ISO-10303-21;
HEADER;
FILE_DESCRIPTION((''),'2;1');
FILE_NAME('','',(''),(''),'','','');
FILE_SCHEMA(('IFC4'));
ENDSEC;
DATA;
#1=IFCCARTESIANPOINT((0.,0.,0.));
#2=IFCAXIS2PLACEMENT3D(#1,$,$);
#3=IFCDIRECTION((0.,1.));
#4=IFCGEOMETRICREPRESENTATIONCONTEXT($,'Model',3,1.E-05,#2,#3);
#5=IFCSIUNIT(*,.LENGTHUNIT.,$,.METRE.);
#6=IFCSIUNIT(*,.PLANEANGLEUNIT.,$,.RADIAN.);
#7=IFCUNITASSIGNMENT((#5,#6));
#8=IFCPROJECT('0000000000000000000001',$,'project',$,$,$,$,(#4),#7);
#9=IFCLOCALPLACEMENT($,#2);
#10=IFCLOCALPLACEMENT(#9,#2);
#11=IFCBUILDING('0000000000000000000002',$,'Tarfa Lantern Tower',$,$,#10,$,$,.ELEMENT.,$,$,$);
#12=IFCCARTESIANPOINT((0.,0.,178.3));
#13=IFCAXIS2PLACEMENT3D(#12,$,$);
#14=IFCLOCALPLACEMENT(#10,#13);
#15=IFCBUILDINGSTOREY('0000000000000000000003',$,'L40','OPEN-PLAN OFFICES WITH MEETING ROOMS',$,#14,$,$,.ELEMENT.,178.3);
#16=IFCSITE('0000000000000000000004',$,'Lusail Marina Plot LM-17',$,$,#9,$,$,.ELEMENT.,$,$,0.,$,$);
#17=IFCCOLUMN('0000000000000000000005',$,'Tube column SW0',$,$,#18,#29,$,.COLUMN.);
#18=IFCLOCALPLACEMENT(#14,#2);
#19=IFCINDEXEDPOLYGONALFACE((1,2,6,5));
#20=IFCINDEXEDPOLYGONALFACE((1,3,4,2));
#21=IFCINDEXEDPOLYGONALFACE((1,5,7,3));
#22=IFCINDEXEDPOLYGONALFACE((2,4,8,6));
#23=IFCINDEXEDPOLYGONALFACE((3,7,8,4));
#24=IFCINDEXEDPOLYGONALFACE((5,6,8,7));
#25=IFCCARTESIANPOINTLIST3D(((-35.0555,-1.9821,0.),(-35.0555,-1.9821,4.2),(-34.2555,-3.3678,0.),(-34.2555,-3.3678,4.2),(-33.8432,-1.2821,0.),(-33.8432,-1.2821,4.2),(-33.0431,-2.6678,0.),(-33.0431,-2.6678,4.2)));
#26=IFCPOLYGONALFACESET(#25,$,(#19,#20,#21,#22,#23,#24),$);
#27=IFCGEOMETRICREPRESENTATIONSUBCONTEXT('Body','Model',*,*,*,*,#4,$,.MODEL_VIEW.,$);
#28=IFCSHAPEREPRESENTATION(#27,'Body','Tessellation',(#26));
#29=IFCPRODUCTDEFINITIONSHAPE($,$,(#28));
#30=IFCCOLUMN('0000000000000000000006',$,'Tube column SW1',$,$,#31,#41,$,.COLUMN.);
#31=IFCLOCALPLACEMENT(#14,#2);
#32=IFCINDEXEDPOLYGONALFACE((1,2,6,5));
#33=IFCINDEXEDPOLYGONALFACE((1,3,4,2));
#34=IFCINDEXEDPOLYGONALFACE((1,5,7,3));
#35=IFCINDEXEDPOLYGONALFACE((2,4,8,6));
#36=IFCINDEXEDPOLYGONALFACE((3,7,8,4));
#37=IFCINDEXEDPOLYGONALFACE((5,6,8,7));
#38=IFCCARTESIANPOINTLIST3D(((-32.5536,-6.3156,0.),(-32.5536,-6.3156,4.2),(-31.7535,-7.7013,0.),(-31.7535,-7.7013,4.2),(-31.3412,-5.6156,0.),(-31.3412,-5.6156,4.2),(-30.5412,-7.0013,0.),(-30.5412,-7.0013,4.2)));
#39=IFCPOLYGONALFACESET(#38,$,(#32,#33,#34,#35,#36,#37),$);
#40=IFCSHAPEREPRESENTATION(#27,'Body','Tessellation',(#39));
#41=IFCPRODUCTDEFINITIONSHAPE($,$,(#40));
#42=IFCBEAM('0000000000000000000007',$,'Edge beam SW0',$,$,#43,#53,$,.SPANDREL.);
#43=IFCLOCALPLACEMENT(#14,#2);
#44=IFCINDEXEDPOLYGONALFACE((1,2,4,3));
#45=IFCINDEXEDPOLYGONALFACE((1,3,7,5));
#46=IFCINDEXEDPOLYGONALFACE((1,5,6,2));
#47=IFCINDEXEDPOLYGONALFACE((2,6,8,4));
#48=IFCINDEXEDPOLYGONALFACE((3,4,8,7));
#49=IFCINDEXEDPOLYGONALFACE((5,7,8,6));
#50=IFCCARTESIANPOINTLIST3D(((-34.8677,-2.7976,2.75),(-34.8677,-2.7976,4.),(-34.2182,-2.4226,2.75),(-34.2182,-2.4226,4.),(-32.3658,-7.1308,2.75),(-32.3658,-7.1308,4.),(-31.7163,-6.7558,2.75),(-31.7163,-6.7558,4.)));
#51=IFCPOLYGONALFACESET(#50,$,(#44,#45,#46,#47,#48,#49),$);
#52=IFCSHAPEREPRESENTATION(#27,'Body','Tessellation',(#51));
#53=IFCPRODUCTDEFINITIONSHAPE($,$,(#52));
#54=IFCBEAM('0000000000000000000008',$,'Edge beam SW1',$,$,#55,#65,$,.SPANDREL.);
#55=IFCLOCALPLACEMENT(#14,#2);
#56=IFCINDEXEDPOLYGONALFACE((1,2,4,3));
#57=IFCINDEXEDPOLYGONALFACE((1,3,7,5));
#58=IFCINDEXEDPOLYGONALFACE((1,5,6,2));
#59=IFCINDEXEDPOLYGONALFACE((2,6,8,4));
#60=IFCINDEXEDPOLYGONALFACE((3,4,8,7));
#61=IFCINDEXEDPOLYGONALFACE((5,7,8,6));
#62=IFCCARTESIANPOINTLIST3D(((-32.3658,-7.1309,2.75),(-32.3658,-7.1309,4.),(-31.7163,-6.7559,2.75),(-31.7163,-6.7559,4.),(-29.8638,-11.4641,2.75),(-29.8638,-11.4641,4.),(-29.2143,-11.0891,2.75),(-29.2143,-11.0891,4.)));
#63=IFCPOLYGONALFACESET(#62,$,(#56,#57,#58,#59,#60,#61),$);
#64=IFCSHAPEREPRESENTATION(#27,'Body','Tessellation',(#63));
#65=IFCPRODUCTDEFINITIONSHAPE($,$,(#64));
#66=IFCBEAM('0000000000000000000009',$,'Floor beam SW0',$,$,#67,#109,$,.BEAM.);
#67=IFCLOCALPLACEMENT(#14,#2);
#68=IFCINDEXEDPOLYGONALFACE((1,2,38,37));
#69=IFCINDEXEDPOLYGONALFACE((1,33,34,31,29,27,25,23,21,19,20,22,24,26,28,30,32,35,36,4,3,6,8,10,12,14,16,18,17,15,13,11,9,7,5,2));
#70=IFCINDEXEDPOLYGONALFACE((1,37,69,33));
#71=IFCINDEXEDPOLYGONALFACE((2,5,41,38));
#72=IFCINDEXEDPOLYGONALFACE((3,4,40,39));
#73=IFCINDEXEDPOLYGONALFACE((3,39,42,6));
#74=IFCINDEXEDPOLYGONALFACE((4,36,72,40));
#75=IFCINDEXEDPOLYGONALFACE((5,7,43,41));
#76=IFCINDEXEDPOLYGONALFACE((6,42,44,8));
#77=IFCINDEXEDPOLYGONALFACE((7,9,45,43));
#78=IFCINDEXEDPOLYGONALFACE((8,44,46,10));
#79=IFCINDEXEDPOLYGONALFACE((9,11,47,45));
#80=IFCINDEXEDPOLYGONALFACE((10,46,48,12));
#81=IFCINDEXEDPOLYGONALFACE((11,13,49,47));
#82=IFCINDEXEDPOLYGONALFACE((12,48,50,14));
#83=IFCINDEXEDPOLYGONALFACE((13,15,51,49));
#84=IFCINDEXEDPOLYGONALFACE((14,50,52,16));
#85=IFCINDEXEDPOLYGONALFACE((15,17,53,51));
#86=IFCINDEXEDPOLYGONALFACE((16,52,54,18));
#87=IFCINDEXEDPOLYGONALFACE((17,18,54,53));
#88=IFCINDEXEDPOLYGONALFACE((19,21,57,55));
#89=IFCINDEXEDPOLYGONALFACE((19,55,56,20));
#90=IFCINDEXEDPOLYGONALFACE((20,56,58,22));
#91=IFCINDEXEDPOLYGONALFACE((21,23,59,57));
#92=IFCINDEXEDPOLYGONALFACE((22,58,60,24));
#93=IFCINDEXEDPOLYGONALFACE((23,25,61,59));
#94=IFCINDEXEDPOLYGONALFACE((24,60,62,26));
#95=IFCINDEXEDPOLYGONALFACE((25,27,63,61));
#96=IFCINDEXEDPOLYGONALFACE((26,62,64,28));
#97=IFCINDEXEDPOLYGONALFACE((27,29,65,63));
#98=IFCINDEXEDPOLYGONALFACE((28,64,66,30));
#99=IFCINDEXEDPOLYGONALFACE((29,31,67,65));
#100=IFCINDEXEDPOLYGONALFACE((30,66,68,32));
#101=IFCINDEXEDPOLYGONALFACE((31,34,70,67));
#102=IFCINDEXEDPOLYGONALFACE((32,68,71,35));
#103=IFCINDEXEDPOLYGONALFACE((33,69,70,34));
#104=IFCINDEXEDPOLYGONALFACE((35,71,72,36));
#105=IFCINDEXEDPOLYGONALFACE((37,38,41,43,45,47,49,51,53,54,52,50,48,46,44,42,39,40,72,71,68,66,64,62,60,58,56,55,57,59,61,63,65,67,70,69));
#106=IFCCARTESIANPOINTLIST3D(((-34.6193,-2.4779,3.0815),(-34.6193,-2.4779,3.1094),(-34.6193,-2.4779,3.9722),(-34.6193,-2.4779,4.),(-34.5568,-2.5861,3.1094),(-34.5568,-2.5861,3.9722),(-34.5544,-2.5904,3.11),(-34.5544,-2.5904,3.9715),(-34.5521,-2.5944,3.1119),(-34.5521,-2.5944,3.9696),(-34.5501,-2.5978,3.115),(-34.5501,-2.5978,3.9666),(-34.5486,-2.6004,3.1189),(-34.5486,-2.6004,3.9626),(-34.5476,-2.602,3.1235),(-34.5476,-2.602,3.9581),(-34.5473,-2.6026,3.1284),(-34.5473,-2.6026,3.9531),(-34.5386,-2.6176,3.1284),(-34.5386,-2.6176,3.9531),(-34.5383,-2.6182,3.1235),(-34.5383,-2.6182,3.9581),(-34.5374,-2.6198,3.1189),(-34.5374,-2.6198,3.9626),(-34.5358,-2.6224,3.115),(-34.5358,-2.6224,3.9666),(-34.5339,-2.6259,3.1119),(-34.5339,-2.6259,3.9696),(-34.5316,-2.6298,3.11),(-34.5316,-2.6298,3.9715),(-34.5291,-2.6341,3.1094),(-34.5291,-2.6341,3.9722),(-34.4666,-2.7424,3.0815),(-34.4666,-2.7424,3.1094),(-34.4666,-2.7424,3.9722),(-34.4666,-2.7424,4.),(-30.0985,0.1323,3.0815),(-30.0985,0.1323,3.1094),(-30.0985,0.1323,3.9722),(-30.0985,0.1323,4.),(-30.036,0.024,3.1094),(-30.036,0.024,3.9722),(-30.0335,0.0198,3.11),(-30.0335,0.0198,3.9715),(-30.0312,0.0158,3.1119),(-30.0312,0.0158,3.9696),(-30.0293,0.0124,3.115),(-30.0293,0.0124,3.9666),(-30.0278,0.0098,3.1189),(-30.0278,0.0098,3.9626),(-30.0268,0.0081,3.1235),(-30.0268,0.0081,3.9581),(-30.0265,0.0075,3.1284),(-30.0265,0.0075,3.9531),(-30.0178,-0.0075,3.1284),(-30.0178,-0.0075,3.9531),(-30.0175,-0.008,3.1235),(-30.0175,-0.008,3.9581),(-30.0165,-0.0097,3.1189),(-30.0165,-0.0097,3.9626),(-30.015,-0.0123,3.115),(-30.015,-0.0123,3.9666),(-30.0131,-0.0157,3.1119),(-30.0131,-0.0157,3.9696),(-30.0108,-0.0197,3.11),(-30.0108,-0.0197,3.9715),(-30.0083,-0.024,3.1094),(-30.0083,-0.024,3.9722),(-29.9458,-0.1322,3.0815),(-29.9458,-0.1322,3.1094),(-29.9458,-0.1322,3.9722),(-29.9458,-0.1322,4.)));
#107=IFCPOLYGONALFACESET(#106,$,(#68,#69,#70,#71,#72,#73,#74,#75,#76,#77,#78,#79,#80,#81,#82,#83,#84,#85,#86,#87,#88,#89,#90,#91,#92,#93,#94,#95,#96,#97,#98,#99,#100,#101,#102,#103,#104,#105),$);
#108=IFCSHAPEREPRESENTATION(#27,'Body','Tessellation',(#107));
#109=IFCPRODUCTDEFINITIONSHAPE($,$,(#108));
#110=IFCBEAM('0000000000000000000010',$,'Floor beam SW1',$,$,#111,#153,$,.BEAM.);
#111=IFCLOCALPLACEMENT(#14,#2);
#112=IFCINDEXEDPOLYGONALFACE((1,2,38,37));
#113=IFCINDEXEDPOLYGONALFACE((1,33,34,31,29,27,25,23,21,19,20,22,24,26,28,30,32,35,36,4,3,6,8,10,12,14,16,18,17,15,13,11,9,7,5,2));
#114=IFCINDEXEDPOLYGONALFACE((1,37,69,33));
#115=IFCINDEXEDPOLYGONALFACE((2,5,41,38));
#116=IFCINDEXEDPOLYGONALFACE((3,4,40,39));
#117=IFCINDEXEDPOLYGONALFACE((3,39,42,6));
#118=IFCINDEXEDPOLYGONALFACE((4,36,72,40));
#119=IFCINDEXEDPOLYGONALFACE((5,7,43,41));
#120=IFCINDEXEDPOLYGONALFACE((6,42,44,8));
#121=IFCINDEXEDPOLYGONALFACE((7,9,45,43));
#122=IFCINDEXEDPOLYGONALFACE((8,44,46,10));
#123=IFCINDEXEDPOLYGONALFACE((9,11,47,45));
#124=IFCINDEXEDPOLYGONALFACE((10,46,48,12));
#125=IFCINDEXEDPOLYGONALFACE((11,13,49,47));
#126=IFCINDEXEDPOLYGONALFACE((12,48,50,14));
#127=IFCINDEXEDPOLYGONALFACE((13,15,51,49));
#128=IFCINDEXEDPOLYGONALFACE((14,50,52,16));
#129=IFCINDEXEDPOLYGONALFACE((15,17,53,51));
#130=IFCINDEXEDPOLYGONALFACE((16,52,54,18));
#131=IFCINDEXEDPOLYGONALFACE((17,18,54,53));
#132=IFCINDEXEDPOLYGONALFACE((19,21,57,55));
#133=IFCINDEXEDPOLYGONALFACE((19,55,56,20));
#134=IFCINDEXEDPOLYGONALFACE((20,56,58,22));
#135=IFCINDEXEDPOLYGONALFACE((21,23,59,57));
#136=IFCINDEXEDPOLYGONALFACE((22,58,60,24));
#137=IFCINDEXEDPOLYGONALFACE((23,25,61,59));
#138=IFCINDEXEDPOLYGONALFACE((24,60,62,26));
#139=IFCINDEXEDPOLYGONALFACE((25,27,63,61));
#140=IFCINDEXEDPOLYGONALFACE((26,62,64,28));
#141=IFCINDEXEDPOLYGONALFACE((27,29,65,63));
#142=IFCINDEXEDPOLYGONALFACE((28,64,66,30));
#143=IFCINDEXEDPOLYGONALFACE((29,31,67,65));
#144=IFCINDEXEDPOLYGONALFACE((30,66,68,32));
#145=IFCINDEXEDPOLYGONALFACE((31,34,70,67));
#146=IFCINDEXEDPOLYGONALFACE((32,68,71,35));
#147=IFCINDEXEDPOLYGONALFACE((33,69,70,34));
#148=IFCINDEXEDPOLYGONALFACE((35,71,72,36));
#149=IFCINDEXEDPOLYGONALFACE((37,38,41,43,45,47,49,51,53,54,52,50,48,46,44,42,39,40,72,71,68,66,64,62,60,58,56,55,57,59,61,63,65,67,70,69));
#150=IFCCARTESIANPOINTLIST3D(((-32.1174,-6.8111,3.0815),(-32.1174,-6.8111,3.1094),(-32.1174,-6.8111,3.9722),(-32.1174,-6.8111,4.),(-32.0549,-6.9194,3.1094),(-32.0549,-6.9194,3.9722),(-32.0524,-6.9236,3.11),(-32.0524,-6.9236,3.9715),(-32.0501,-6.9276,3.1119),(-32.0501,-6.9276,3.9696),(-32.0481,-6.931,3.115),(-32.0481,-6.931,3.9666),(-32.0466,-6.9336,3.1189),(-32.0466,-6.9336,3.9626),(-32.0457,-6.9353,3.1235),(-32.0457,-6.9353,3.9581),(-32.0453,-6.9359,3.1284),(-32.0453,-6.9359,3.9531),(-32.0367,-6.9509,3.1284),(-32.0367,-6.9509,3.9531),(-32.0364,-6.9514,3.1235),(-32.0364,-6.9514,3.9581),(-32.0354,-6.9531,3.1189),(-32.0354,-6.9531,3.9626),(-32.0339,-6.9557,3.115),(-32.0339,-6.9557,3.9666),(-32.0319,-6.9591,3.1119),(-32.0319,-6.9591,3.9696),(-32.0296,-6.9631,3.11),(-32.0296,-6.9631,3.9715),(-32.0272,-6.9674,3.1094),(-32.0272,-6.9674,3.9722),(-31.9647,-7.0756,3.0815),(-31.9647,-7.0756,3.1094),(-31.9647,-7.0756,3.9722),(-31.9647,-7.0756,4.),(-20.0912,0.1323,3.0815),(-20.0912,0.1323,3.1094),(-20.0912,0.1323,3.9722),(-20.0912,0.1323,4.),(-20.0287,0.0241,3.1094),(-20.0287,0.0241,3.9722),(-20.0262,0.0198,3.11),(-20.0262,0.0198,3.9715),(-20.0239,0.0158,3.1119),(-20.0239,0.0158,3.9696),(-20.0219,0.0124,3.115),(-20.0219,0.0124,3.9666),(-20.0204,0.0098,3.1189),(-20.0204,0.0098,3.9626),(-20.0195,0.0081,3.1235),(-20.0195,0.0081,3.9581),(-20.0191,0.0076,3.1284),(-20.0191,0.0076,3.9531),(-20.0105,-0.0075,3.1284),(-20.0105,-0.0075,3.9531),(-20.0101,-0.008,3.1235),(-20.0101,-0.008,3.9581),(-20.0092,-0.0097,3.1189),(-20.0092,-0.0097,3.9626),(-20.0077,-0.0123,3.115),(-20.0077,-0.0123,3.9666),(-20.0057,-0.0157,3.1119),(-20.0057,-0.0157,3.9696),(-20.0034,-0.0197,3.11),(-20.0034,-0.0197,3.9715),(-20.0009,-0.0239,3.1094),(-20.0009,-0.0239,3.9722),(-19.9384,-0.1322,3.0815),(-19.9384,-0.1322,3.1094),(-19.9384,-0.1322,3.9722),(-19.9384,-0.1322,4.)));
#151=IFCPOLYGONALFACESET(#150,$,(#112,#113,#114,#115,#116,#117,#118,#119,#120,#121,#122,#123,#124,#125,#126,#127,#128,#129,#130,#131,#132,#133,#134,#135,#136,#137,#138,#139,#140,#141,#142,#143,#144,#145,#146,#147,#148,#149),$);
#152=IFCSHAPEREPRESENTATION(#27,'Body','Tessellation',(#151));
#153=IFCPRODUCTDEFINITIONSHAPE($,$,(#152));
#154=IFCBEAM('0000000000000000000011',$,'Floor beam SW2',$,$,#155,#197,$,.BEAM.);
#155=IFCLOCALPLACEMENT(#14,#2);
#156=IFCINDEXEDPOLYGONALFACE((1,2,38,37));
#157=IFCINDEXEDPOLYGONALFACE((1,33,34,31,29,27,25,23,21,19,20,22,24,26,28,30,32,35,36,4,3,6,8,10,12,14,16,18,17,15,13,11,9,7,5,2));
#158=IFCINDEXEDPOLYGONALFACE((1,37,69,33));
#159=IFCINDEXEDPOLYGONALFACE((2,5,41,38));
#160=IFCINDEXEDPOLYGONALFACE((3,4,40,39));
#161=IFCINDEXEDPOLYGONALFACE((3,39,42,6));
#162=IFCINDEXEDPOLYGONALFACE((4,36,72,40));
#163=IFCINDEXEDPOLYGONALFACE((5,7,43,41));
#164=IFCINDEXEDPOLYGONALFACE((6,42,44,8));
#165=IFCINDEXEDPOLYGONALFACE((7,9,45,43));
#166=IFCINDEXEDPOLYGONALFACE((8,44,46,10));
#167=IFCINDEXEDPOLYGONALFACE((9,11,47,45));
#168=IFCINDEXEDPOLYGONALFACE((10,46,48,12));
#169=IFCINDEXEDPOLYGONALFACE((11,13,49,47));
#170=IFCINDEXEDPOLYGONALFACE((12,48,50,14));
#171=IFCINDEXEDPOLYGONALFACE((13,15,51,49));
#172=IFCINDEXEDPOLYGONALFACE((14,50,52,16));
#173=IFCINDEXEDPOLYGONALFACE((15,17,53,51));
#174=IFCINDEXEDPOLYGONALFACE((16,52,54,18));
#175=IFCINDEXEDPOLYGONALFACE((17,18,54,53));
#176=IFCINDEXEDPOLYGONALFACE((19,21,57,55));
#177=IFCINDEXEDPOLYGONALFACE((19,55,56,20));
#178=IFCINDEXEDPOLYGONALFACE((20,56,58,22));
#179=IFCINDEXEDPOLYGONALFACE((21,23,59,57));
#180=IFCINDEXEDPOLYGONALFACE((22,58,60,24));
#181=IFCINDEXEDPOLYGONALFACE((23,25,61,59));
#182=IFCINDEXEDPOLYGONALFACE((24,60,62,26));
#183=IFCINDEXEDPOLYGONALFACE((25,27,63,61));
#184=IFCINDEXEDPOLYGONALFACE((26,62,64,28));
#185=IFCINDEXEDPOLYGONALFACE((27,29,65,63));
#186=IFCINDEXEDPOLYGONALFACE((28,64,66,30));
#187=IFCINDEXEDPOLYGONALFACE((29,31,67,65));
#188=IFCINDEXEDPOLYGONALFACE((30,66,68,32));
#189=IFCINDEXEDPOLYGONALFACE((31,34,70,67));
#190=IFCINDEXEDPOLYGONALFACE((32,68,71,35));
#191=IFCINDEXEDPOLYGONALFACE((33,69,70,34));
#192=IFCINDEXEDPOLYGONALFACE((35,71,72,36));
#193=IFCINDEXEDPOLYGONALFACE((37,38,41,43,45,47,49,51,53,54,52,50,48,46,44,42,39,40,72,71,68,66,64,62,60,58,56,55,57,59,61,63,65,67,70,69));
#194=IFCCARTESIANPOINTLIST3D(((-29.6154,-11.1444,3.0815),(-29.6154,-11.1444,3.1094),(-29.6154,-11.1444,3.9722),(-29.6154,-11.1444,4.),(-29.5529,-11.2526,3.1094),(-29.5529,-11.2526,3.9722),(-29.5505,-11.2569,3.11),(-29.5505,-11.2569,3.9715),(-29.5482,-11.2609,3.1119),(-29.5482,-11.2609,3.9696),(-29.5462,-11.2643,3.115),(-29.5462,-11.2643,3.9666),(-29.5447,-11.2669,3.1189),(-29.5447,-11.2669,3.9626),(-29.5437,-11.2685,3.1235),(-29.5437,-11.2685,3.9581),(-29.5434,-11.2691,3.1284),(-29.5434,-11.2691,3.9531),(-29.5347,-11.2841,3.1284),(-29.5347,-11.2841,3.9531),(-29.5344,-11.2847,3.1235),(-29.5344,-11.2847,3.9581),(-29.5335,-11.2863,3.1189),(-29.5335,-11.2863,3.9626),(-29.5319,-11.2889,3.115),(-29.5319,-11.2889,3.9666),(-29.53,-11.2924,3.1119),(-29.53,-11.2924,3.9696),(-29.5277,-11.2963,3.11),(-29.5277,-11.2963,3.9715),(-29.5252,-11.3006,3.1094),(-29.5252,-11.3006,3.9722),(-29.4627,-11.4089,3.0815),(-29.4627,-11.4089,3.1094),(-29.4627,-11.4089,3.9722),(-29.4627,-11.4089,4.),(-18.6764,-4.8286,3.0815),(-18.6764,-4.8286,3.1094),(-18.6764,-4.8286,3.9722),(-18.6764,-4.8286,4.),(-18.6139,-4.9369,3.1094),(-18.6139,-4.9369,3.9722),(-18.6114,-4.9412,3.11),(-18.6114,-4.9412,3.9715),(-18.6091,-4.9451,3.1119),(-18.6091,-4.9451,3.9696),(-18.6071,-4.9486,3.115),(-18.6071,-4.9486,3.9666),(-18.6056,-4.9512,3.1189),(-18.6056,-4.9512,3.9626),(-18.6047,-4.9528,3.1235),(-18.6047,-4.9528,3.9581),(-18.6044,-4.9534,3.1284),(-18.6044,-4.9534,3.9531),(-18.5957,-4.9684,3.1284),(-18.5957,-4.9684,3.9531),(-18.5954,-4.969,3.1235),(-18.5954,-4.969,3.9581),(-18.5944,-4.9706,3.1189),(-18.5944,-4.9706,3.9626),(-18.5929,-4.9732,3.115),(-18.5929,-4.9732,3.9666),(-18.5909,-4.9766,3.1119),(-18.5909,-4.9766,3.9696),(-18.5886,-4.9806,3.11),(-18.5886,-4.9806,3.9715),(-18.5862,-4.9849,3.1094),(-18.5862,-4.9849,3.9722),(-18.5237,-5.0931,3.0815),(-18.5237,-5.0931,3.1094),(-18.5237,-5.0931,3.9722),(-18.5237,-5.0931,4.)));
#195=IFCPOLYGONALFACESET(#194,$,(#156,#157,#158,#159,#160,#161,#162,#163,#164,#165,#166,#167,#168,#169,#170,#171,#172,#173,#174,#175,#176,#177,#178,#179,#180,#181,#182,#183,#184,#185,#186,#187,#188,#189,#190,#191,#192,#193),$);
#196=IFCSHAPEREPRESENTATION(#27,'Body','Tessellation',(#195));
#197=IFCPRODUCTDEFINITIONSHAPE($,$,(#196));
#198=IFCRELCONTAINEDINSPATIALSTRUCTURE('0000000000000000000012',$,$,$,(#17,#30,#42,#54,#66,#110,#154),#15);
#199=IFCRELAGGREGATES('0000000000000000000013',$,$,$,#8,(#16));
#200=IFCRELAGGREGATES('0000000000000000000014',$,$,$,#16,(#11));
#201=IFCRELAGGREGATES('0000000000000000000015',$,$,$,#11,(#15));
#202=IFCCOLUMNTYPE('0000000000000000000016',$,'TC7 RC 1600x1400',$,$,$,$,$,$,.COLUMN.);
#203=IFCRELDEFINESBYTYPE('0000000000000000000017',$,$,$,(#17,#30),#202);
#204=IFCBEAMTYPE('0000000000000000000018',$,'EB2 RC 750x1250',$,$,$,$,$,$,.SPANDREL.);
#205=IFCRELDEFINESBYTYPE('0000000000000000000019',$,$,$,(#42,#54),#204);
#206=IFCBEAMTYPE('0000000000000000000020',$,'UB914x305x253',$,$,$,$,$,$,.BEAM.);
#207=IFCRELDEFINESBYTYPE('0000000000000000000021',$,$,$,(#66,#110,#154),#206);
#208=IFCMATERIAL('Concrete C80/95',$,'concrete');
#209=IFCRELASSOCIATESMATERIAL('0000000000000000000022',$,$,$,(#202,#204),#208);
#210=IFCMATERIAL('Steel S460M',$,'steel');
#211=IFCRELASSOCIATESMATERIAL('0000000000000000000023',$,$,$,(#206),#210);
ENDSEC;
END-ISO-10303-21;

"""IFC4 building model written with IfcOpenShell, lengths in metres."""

from ifc_helpers import new_model, si_unit, direction, frame, origin, origin_2d, place, context, subcontext, project, spatial, rectangle, i_section, extrude, material, material_profile, profile_set, type_object, element, save


model = new_model("IFC4")

# Units and contexts
model_context = context("Model", 3, precision=1e-05, world=origin(), true_north=direction((0.0, 1.0)))
body_context = subcontext(model_context, "Body", "Model", "MODEL_VIEW")
ifc_project = project(units=[si_unit("LENGTHUNIT", "METRE"), si_unit("PLANEANGLEUNIT", "RADIAN")], contexts=[model_context])

# Site, building, storey
site_placement = place(None, origin())
site = spatial("IfcSite", under=ifc_project, at=site_placement, Name="Lusail Marina Plot LM-17", CompositionType="ELEMENT", RefElevation=0.0)
building_placement = place(site_placement, origin())
building = spatial("IfcBuilding", under=site, at=building_placement, Name="Tarfa Lantern Tower", CompositionType="ELEMENT")
storey_placement = place(building_placement, frame((0.0, 0.0, 178.3)))
storey = spatial("IfcBuildingStorey", under=building, at=storey_placement, Name="L40", Description="OPEN-PLAN OFFICES WITH MEETING ROOMS", CompositionType="ELEMENT", Elevation=178.3)

# Columns
ifc_material_1 = material(Name="Concrete C80/95", Category="concrete")
ifc_material_profile_1 = material_profile(ifc_material_1, rectangle(XDim=1.6001, YDim=1.3999, at=origin_2d()), Name="RC 1600x1400")
ifc_profile_set_1 = profile_set([ifc_material_profile_1], Name="Concrete C80/95")
column_type = type_object("IfcColumnType", Name="TC7 RC 1600x1400", PredefinedType="COLUMN", material=ifc_profile_set_1)
for number, where, z_axis, x_axis, name in (
    (1, (-34.0493, -2.325, 0.0), (0.0, 0.0, 1.0), (0.5, -0.866025, 0.0), "Tube column SW0"),
    (2, (-31.5474, -6.6584, 0.0), (0.0, 0.0, 1.0), (0.5, -0.866025, 0.0), "Tube column SW1"),
):
    element("IfcColumn", number, at=place(storey_placement, frame(where, z_axis=z_axis, x_axis=x_axis)), inside=storey, type_object=column_type, Name=name, PredefinedType="COLUMN", context=body_context, shape_type="SweptSolid", body=[
        extrude(rectangle(XDim=1.6001, YDim=1.3999, at=origin_2d()), origin(), (0.0, 0.0, 1.0), 4.2),
    ])

# Beams
ifc_material_profile_2 = material_profile(ifc_material_1, rectangle(XDim=0.75, YDim=1.25, at=origin_2d()), Name="RC 750x1250")
ifc_profile_set_2 = profile_set([ifc_material_profile_2], Name="Concrete C80/95")
beam_type_1 = type_object("IfcBeamType", Name="EB2 RC 750x1250", PredefinedType="SPANDREL", material=ifc_profile_set_2)
for number, where, z_axis, x_axis, name in (
    (3, (-34.543, -2.6101, 3.375), (0.500022, -0.866013, 0.0), (0.866013, 0.500022, 0.0), "Edge beam SW0"),
    (4, (-32.041, -6.9434, 3.375), (0.500022, -0.866013, 0.0), (0.866013, 0.500022, 0.0), "Edge beam SW1"),
):
    element("IfcBeam", number, at=place(storey_placement, frame(where, z_axis=z_axis, x_axis=x_axis)), inside=storey, type_object=beam_type_1, Name=name, PredefinedType="SPANDREL", context=body_context, shape_type="SweptSolid", body=[
        extrude(rectangle(XDim=0.75, YDim=1.25, at=origin_2d()), origin(), (0.0, 0.0, 1.0), 5.0037),
    ])
ifc_material_2 = material(Name="Steel S460M", Category="steel")
ifc_material_profile_3 = material_profile(ifc_material_2, i_section(OverallWidth=0.3054, OverallDepth=0.9185, WebThickness=0.0173, FlangeThickness=0.0278, FilletRadius=0.019, at=origin_2d()), Name="UB914x305x253")
ifc_profile_set_3 = profile_set([ifc_material_profile_3], Name="Steel S460M")
beam_type_2 = type_object("IfcBeamType", Name="UB914x305x253", PredefinedType="BEAM", material=ifc_profile_set_3)
beam_1_placement = place(storey_placement, frame((-34.543, -2.6101, 3.5408), z_axis=(0.866021, 0.500007, 0.0), x_axis=(-0.500007, 0.866021, 0.0)))
element("IfcBeam", 5, at=beam_1_placement, inside=storey, type_object=beam_type_2, Name="Floor beam SW0", PredefinedType="BEAM", context=body_context, shape_type="SweptSolid", body=[
    extrude(i_section(OverallWidth=0.3054, OverallDepth=0.9185, WebThickness=0.0173, FlangeThickness=0.0278, FilletRadius=0.019, at=origin_2d()), origin(), (0.0, 0.0, 1.0), 5.2202),
])
beam_2_placement = place(storey_placement, frame((-32.041, -6.9434, 3.5408), z_axis=(0.866023, 0.500004, 0.0), x_axis=(-0.500004, 0.866023, 0.0)))
element("IfcBeam", 6, at=beam_2_placement, inside=storey, type_object=beam_type_2, Name="Floor beam SW1", PredefinedType="BEAM", context=body_context, shape_type="SweptSolid", body=[
    extrude(i_section(OverallWidth=0.3054, OverallDepth=0.9185, WebThickness=0.0173, FlangeThickness=0.0278, FilletRadius=0.019, at=origin_2d()), origin(), (0.0, 0.0, 1.0), 13.8867),
])
beam_3_placement = place(storey_placement, frame((-29.5391, -11.2766, 3.5408), z_axis=(0.866023, 0.500004, 0.0), x_axis=(-0.500004, 0.866023, 0.0)))
element("IfcBeam", 7, at=beam_3_placement, inside=storey, type_object=beam_type_2, Name="Floor beam SW2", PredefinedType="BEAM", context=body_context, shape_type="SweptSolid", body=[
    extrude(i_section(OverallWidth=0.3054, OverallDepth=0.9185, WebThickness=0.0173, FlangeThickness=0.0278, FilletRadius=0.019, at=origin_2d()), origin(), (0.0, 0.0, 1.0), 12.6313),
])

save(model, "model.ifc")
